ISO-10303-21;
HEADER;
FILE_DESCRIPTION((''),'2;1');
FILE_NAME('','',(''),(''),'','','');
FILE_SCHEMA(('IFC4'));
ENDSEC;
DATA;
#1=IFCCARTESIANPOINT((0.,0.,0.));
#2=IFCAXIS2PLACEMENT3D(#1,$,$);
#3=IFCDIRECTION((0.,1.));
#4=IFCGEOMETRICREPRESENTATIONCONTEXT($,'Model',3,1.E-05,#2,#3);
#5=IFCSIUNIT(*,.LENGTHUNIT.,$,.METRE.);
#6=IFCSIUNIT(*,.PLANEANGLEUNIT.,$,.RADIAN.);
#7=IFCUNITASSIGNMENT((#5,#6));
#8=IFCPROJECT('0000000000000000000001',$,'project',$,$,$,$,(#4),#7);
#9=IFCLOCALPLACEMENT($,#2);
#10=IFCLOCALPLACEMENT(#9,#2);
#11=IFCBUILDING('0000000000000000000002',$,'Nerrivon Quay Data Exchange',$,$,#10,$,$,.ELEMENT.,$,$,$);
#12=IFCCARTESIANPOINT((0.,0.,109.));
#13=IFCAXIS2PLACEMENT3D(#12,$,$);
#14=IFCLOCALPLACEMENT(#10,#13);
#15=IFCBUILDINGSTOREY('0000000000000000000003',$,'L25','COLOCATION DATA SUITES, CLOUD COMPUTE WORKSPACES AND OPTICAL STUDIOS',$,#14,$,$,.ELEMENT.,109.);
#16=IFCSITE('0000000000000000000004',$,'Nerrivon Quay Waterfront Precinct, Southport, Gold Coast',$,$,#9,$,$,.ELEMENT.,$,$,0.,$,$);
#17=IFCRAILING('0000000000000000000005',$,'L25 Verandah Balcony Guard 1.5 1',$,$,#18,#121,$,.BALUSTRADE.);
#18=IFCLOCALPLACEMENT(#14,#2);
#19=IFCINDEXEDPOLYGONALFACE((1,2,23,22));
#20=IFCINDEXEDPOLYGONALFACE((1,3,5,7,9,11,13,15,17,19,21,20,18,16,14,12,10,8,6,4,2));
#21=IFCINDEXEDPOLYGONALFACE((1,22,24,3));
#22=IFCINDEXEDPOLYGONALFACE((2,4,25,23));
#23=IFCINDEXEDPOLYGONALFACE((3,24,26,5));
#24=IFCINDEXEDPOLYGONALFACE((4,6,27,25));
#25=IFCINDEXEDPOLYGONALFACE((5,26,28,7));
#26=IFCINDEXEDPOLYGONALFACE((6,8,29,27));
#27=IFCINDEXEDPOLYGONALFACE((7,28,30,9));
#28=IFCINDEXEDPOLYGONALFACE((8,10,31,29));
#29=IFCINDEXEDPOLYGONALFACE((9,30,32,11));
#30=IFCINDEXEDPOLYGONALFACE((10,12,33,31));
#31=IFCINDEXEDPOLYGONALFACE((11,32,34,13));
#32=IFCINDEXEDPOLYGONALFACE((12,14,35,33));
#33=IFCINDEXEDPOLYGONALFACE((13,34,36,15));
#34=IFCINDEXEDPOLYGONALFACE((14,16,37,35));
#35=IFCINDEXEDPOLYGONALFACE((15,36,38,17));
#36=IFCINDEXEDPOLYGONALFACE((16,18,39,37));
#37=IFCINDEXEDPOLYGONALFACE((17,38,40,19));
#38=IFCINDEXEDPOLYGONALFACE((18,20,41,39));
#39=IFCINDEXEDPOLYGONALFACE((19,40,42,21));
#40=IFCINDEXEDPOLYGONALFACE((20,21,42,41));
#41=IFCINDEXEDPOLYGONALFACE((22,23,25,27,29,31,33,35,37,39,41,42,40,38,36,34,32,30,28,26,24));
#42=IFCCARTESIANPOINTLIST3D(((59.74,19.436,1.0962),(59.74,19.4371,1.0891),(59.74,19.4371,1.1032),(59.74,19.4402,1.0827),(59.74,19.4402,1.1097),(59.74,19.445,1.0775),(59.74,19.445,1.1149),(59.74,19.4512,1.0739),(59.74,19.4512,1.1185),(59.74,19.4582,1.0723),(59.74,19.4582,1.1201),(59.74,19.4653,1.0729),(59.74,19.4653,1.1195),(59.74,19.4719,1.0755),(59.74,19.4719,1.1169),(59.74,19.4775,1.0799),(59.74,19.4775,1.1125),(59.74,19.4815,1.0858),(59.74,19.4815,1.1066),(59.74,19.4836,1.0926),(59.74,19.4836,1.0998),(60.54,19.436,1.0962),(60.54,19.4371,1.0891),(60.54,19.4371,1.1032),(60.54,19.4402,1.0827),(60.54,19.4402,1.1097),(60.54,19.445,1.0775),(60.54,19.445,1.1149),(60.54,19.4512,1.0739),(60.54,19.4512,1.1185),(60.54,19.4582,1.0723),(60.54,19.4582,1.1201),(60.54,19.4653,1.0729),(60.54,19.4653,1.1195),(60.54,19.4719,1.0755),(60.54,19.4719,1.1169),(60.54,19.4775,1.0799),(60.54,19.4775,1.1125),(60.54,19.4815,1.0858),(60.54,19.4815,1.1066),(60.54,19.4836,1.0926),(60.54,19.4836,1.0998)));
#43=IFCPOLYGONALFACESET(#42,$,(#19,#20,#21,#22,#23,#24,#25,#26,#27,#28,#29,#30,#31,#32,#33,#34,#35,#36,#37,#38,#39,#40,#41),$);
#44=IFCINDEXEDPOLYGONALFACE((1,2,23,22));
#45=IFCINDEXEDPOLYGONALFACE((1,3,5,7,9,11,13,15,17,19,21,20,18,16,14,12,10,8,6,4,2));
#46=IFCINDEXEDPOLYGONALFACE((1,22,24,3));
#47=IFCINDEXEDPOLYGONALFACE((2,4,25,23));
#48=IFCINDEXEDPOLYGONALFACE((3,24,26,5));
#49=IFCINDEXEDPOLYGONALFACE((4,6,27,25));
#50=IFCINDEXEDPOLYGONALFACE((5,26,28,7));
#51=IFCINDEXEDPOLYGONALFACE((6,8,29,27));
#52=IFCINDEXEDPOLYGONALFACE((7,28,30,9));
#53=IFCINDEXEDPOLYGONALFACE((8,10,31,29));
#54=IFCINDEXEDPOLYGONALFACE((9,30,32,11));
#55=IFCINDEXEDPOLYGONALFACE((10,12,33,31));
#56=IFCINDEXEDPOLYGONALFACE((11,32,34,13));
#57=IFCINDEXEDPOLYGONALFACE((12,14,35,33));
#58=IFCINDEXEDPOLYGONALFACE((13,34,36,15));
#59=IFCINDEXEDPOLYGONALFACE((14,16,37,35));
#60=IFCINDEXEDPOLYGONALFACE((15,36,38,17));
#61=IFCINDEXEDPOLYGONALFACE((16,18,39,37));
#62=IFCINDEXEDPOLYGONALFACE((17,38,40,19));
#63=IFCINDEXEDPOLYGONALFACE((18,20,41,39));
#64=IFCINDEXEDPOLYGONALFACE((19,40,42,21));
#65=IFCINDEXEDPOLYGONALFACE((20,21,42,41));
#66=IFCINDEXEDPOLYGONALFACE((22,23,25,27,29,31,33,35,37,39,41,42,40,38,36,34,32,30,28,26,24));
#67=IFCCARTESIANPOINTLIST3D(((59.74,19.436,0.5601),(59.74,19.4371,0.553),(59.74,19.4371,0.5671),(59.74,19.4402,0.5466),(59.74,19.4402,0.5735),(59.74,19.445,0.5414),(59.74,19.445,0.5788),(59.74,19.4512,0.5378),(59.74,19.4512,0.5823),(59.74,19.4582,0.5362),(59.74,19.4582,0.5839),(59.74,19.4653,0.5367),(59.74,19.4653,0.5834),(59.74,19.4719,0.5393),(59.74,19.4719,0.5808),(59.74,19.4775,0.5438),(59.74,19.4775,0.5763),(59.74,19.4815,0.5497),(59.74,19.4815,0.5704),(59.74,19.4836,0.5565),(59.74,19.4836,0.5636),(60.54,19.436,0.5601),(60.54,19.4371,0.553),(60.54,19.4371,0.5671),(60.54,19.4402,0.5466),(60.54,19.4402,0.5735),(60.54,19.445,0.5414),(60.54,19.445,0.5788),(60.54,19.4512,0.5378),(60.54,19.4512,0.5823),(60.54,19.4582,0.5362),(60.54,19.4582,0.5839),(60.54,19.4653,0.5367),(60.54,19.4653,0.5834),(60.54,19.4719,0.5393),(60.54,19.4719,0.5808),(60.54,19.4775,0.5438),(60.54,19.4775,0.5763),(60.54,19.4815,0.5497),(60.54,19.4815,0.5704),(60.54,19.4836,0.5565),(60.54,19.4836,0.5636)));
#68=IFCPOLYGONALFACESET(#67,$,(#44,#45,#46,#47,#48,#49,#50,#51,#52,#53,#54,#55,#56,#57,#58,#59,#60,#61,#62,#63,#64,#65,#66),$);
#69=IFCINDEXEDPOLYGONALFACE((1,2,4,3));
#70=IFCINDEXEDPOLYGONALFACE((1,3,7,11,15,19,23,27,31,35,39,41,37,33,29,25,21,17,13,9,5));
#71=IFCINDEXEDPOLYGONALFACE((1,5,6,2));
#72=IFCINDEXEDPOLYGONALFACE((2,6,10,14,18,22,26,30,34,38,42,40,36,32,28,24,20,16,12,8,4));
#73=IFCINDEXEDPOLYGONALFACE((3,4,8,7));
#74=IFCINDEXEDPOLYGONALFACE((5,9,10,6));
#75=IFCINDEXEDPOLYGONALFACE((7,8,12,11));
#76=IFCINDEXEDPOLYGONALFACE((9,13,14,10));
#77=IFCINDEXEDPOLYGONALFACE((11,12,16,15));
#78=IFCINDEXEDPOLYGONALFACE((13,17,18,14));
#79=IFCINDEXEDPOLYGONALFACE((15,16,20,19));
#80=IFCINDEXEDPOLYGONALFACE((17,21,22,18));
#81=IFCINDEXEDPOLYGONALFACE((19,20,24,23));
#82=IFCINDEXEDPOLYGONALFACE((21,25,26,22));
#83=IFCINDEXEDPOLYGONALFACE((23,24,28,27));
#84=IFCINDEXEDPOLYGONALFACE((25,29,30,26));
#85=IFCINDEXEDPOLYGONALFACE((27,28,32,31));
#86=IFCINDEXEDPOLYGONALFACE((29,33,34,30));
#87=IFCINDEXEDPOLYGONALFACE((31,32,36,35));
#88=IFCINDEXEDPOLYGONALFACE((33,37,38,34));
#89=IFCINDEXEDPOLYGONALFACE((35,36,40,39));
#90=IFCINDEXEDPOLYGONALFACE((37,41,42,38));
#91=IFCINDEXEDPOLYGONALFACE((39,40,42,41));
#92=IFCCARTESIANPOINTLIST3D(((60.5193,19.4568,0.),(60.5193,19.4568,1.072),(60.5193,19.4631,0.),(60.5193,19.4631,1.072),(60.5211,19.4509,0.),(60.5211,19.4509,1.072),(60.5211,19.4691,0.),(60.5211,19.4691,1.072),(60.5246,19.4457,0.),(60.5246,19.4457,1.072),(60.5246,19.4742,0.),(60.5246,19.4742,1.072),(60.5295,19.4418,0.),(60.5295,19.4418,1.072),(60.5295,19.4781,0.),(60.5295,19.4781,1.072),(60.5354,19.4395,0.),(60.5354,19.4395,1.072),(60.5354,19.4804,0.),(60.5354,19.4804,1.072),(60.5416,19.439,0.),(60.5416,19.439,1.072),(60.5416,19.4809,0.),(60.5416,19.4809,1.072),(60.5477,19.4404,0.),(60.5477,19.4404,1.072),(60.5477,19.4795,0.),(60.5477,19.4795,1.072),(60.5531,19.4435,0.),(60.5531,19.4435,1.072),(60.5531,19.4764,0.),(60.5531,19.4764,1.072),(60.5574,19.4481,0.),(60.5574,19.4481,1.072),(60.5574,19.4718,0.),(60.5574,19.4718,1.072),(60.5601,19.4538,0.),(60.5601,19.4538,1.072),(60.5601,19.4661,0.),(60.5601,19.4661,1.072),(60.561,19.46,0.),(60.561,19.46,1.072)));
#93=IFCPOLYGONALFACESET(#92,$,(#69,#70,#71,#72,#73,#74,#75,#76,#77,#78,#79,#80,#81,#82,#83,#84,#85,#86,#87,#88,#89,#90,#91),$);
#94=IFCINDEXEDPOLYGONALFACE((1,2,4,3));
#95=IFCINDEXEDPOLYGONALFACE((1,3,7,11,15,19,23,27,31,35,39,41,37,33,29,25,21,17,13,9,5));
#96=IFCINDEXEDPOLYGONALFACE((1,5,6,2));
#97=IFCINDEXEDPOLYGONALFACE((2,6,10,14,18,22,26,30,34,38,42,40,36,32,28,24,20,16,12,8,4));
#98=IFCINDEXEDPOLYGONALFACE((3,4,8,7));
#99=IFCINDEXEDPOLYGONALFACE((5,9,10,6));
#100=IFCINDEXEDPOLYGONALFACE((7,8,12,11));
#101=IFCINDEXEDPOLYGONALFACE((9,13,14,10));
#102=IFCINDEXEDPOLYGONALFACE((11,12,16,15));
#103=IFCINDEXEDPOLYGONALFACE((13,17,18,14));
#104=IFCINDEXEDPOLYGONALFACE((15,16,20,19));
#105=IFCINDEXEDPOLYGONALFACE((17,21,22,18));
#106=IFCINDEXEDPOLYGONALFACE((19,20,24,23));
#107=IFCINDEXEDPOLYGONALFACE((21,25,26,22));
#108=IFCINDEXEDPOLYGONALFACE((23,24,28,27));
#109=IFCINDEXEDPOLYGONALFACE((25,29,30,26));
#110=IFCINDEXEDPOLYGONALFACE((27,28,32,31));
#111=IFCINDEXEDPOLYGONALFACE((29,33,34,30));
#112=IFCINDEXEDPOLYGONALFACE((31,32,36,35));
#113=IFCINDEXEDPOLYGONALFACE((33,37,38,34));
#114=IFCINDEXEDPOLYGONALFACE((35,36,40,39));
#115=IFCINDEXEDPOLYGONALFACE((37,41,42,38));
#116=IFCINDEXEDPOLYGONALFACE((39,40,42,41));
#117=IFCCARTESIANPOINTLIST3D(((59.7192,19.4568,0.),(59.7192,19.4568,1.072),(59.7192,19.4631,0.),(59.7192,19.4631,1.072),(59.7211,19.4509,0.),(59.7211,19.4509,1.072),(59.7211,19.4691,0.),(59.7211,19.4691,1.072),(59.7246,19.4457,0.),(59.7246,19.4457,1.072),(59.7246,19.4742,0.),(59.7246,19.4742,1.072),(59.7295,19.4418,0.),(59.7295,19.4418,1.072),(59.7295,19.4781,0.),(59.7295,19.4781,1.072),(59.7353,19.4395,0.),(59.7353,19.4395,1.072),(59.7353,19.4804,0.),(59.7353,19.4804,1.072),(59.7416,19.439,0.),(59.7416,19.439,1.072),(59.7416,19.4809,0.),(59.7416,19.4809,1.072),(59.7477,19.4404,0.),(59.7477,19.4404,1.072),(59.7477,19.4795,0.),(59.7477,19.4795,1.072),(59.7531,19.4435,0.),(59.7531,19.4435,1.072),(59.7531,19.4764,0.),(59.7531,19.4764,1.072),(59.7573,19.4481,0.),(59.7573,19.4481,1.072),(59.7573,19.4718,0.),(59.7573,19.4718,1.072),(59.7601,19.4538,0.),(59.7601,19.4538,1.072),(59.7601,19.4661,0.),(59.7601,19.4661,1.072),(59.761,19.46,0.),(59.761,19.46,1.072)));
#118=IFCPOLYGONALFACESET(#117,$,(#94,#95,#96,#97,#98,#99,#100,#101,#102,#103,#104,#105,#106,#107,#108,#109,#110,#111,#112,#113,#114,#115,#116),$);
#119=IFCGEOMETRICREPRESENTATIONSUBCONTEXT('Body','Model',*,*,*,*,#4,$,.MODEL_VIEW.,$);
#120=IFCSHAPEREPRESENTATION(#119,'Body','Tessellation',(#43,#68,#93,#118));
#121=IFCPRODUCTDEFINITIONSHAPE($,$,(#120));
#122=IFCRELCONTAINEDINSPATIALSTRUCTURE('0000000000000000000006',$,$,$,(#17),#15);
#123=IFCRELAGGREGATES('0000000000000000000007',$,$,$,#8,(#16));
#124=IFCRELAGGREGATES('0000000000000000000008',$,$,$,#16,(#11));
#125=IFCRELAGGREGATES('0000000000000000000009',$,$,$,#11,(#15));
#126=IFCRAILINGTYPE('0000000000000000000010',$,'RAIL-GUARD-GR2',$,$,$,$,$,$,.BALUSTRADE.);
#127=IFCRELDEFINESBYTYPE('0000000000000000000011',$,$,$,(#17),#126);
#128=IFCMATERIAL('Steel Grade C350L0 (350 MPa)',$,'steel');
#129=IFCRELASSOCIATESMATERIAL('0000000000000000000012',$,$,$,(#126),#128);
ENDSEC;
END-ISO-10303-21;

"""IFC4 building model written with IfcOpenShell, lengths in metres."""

from ifc_helpers import new_model, si_unit, direction, frame, origin, origin_2d, place, context, subcontext, project, spatial, circle, extrude, material, type_object, element, save


model = new_model("IFC4")

# Units and contexts
model_context = context("Model", 3, precision=1e-05, world=origin(), true_north=direction((0.0, 1.0)))
body_context = subcontext(model_context, "Body", "Model", "MODEL_VIEW")
ifc_project = project(units=[si_unit("LENGTHUNIT", "METRE"), si_unit("PLANEANGLEUNIT", "RADIAN")], contexts=[model_context])

# Site, building, storey
site_placement = place(None, origin())
site = spatial("IfcSite", under=ifc_project, at=site_placement, Name="Nerrivon Quay Waterfront Precinct, Southport, Gold Coast", CompositionType="ELEMENT", RefElevation=0.0)
building_placement = place(site_placement, origin())
building = spatial("IfcBuilding", under=site, at=building_placement, Name="Nerrivon Quay Data Exchange", CompositionType="ELEMENT")
storey_placement = place(building_placement, frame((0.0, 0.0, 109.0)))
storey = spatial("IfcBuildingStorey", under=building, at=storey_placement, Name="L25", Description="COLOCATION DATA SUITES, CLOUD COMPUTE WORKSPACES AND OPTICAL STUDIOS", CompositionType="ELEMENT", Elevation=109.0)

# Shared definitions
ifc_material_1 = material(Name="Steel Grade C350L0 (350 MPa)", Category="steel")

# Railing
railing_type = type_object("IfcRailingType", Name="RAIL-GUARD-GR2", PredefinedType="BALUSTRADE", material=ifc_material_1)
railing_1_placement = place(storey_placement, frame((60.54, 19.46, 0.0)))
element("IfcRailing", 1, at=railing_1_placement, inside=storey, type_object=railing_type, Name="L25 Verandah Balcony Guard 1.5 1", PredefinedType="BALUSTRADE", context=body_context, shape_type="SweptSolid", body=[
    extrude(circle(Radius=0.0239, at=origin_2d()), frame((0.0, 0.0, 1.0962), z_axis=(-1.0, 0.0, 0.0), x_axis=(0.0, -1.0, 0.0)), (0.0, 0.0, 1.0), 0.8),
    extrude(circle(Radius=0.0239, at=origin_2d()), frame((0.0, 0.0, 0.5601), z_axis=(-1.0, 0.0, 0.0), x_axis=(0.0, -1.0, 0.0)), (0.0, 0.0, 1.0), 0.8),
    extrude(circle(Radius=0.021, at=origin_2d()), origin(), (0.0, 0.0, 1.0), 1.072),
    extrude(circle(Radius=0.021, at=origin_2d()), frame((-0.8, 0.0, 0.0)), (0.0, 0.0, 1.0), 1.072),
])

save(model, "model.ifc")
